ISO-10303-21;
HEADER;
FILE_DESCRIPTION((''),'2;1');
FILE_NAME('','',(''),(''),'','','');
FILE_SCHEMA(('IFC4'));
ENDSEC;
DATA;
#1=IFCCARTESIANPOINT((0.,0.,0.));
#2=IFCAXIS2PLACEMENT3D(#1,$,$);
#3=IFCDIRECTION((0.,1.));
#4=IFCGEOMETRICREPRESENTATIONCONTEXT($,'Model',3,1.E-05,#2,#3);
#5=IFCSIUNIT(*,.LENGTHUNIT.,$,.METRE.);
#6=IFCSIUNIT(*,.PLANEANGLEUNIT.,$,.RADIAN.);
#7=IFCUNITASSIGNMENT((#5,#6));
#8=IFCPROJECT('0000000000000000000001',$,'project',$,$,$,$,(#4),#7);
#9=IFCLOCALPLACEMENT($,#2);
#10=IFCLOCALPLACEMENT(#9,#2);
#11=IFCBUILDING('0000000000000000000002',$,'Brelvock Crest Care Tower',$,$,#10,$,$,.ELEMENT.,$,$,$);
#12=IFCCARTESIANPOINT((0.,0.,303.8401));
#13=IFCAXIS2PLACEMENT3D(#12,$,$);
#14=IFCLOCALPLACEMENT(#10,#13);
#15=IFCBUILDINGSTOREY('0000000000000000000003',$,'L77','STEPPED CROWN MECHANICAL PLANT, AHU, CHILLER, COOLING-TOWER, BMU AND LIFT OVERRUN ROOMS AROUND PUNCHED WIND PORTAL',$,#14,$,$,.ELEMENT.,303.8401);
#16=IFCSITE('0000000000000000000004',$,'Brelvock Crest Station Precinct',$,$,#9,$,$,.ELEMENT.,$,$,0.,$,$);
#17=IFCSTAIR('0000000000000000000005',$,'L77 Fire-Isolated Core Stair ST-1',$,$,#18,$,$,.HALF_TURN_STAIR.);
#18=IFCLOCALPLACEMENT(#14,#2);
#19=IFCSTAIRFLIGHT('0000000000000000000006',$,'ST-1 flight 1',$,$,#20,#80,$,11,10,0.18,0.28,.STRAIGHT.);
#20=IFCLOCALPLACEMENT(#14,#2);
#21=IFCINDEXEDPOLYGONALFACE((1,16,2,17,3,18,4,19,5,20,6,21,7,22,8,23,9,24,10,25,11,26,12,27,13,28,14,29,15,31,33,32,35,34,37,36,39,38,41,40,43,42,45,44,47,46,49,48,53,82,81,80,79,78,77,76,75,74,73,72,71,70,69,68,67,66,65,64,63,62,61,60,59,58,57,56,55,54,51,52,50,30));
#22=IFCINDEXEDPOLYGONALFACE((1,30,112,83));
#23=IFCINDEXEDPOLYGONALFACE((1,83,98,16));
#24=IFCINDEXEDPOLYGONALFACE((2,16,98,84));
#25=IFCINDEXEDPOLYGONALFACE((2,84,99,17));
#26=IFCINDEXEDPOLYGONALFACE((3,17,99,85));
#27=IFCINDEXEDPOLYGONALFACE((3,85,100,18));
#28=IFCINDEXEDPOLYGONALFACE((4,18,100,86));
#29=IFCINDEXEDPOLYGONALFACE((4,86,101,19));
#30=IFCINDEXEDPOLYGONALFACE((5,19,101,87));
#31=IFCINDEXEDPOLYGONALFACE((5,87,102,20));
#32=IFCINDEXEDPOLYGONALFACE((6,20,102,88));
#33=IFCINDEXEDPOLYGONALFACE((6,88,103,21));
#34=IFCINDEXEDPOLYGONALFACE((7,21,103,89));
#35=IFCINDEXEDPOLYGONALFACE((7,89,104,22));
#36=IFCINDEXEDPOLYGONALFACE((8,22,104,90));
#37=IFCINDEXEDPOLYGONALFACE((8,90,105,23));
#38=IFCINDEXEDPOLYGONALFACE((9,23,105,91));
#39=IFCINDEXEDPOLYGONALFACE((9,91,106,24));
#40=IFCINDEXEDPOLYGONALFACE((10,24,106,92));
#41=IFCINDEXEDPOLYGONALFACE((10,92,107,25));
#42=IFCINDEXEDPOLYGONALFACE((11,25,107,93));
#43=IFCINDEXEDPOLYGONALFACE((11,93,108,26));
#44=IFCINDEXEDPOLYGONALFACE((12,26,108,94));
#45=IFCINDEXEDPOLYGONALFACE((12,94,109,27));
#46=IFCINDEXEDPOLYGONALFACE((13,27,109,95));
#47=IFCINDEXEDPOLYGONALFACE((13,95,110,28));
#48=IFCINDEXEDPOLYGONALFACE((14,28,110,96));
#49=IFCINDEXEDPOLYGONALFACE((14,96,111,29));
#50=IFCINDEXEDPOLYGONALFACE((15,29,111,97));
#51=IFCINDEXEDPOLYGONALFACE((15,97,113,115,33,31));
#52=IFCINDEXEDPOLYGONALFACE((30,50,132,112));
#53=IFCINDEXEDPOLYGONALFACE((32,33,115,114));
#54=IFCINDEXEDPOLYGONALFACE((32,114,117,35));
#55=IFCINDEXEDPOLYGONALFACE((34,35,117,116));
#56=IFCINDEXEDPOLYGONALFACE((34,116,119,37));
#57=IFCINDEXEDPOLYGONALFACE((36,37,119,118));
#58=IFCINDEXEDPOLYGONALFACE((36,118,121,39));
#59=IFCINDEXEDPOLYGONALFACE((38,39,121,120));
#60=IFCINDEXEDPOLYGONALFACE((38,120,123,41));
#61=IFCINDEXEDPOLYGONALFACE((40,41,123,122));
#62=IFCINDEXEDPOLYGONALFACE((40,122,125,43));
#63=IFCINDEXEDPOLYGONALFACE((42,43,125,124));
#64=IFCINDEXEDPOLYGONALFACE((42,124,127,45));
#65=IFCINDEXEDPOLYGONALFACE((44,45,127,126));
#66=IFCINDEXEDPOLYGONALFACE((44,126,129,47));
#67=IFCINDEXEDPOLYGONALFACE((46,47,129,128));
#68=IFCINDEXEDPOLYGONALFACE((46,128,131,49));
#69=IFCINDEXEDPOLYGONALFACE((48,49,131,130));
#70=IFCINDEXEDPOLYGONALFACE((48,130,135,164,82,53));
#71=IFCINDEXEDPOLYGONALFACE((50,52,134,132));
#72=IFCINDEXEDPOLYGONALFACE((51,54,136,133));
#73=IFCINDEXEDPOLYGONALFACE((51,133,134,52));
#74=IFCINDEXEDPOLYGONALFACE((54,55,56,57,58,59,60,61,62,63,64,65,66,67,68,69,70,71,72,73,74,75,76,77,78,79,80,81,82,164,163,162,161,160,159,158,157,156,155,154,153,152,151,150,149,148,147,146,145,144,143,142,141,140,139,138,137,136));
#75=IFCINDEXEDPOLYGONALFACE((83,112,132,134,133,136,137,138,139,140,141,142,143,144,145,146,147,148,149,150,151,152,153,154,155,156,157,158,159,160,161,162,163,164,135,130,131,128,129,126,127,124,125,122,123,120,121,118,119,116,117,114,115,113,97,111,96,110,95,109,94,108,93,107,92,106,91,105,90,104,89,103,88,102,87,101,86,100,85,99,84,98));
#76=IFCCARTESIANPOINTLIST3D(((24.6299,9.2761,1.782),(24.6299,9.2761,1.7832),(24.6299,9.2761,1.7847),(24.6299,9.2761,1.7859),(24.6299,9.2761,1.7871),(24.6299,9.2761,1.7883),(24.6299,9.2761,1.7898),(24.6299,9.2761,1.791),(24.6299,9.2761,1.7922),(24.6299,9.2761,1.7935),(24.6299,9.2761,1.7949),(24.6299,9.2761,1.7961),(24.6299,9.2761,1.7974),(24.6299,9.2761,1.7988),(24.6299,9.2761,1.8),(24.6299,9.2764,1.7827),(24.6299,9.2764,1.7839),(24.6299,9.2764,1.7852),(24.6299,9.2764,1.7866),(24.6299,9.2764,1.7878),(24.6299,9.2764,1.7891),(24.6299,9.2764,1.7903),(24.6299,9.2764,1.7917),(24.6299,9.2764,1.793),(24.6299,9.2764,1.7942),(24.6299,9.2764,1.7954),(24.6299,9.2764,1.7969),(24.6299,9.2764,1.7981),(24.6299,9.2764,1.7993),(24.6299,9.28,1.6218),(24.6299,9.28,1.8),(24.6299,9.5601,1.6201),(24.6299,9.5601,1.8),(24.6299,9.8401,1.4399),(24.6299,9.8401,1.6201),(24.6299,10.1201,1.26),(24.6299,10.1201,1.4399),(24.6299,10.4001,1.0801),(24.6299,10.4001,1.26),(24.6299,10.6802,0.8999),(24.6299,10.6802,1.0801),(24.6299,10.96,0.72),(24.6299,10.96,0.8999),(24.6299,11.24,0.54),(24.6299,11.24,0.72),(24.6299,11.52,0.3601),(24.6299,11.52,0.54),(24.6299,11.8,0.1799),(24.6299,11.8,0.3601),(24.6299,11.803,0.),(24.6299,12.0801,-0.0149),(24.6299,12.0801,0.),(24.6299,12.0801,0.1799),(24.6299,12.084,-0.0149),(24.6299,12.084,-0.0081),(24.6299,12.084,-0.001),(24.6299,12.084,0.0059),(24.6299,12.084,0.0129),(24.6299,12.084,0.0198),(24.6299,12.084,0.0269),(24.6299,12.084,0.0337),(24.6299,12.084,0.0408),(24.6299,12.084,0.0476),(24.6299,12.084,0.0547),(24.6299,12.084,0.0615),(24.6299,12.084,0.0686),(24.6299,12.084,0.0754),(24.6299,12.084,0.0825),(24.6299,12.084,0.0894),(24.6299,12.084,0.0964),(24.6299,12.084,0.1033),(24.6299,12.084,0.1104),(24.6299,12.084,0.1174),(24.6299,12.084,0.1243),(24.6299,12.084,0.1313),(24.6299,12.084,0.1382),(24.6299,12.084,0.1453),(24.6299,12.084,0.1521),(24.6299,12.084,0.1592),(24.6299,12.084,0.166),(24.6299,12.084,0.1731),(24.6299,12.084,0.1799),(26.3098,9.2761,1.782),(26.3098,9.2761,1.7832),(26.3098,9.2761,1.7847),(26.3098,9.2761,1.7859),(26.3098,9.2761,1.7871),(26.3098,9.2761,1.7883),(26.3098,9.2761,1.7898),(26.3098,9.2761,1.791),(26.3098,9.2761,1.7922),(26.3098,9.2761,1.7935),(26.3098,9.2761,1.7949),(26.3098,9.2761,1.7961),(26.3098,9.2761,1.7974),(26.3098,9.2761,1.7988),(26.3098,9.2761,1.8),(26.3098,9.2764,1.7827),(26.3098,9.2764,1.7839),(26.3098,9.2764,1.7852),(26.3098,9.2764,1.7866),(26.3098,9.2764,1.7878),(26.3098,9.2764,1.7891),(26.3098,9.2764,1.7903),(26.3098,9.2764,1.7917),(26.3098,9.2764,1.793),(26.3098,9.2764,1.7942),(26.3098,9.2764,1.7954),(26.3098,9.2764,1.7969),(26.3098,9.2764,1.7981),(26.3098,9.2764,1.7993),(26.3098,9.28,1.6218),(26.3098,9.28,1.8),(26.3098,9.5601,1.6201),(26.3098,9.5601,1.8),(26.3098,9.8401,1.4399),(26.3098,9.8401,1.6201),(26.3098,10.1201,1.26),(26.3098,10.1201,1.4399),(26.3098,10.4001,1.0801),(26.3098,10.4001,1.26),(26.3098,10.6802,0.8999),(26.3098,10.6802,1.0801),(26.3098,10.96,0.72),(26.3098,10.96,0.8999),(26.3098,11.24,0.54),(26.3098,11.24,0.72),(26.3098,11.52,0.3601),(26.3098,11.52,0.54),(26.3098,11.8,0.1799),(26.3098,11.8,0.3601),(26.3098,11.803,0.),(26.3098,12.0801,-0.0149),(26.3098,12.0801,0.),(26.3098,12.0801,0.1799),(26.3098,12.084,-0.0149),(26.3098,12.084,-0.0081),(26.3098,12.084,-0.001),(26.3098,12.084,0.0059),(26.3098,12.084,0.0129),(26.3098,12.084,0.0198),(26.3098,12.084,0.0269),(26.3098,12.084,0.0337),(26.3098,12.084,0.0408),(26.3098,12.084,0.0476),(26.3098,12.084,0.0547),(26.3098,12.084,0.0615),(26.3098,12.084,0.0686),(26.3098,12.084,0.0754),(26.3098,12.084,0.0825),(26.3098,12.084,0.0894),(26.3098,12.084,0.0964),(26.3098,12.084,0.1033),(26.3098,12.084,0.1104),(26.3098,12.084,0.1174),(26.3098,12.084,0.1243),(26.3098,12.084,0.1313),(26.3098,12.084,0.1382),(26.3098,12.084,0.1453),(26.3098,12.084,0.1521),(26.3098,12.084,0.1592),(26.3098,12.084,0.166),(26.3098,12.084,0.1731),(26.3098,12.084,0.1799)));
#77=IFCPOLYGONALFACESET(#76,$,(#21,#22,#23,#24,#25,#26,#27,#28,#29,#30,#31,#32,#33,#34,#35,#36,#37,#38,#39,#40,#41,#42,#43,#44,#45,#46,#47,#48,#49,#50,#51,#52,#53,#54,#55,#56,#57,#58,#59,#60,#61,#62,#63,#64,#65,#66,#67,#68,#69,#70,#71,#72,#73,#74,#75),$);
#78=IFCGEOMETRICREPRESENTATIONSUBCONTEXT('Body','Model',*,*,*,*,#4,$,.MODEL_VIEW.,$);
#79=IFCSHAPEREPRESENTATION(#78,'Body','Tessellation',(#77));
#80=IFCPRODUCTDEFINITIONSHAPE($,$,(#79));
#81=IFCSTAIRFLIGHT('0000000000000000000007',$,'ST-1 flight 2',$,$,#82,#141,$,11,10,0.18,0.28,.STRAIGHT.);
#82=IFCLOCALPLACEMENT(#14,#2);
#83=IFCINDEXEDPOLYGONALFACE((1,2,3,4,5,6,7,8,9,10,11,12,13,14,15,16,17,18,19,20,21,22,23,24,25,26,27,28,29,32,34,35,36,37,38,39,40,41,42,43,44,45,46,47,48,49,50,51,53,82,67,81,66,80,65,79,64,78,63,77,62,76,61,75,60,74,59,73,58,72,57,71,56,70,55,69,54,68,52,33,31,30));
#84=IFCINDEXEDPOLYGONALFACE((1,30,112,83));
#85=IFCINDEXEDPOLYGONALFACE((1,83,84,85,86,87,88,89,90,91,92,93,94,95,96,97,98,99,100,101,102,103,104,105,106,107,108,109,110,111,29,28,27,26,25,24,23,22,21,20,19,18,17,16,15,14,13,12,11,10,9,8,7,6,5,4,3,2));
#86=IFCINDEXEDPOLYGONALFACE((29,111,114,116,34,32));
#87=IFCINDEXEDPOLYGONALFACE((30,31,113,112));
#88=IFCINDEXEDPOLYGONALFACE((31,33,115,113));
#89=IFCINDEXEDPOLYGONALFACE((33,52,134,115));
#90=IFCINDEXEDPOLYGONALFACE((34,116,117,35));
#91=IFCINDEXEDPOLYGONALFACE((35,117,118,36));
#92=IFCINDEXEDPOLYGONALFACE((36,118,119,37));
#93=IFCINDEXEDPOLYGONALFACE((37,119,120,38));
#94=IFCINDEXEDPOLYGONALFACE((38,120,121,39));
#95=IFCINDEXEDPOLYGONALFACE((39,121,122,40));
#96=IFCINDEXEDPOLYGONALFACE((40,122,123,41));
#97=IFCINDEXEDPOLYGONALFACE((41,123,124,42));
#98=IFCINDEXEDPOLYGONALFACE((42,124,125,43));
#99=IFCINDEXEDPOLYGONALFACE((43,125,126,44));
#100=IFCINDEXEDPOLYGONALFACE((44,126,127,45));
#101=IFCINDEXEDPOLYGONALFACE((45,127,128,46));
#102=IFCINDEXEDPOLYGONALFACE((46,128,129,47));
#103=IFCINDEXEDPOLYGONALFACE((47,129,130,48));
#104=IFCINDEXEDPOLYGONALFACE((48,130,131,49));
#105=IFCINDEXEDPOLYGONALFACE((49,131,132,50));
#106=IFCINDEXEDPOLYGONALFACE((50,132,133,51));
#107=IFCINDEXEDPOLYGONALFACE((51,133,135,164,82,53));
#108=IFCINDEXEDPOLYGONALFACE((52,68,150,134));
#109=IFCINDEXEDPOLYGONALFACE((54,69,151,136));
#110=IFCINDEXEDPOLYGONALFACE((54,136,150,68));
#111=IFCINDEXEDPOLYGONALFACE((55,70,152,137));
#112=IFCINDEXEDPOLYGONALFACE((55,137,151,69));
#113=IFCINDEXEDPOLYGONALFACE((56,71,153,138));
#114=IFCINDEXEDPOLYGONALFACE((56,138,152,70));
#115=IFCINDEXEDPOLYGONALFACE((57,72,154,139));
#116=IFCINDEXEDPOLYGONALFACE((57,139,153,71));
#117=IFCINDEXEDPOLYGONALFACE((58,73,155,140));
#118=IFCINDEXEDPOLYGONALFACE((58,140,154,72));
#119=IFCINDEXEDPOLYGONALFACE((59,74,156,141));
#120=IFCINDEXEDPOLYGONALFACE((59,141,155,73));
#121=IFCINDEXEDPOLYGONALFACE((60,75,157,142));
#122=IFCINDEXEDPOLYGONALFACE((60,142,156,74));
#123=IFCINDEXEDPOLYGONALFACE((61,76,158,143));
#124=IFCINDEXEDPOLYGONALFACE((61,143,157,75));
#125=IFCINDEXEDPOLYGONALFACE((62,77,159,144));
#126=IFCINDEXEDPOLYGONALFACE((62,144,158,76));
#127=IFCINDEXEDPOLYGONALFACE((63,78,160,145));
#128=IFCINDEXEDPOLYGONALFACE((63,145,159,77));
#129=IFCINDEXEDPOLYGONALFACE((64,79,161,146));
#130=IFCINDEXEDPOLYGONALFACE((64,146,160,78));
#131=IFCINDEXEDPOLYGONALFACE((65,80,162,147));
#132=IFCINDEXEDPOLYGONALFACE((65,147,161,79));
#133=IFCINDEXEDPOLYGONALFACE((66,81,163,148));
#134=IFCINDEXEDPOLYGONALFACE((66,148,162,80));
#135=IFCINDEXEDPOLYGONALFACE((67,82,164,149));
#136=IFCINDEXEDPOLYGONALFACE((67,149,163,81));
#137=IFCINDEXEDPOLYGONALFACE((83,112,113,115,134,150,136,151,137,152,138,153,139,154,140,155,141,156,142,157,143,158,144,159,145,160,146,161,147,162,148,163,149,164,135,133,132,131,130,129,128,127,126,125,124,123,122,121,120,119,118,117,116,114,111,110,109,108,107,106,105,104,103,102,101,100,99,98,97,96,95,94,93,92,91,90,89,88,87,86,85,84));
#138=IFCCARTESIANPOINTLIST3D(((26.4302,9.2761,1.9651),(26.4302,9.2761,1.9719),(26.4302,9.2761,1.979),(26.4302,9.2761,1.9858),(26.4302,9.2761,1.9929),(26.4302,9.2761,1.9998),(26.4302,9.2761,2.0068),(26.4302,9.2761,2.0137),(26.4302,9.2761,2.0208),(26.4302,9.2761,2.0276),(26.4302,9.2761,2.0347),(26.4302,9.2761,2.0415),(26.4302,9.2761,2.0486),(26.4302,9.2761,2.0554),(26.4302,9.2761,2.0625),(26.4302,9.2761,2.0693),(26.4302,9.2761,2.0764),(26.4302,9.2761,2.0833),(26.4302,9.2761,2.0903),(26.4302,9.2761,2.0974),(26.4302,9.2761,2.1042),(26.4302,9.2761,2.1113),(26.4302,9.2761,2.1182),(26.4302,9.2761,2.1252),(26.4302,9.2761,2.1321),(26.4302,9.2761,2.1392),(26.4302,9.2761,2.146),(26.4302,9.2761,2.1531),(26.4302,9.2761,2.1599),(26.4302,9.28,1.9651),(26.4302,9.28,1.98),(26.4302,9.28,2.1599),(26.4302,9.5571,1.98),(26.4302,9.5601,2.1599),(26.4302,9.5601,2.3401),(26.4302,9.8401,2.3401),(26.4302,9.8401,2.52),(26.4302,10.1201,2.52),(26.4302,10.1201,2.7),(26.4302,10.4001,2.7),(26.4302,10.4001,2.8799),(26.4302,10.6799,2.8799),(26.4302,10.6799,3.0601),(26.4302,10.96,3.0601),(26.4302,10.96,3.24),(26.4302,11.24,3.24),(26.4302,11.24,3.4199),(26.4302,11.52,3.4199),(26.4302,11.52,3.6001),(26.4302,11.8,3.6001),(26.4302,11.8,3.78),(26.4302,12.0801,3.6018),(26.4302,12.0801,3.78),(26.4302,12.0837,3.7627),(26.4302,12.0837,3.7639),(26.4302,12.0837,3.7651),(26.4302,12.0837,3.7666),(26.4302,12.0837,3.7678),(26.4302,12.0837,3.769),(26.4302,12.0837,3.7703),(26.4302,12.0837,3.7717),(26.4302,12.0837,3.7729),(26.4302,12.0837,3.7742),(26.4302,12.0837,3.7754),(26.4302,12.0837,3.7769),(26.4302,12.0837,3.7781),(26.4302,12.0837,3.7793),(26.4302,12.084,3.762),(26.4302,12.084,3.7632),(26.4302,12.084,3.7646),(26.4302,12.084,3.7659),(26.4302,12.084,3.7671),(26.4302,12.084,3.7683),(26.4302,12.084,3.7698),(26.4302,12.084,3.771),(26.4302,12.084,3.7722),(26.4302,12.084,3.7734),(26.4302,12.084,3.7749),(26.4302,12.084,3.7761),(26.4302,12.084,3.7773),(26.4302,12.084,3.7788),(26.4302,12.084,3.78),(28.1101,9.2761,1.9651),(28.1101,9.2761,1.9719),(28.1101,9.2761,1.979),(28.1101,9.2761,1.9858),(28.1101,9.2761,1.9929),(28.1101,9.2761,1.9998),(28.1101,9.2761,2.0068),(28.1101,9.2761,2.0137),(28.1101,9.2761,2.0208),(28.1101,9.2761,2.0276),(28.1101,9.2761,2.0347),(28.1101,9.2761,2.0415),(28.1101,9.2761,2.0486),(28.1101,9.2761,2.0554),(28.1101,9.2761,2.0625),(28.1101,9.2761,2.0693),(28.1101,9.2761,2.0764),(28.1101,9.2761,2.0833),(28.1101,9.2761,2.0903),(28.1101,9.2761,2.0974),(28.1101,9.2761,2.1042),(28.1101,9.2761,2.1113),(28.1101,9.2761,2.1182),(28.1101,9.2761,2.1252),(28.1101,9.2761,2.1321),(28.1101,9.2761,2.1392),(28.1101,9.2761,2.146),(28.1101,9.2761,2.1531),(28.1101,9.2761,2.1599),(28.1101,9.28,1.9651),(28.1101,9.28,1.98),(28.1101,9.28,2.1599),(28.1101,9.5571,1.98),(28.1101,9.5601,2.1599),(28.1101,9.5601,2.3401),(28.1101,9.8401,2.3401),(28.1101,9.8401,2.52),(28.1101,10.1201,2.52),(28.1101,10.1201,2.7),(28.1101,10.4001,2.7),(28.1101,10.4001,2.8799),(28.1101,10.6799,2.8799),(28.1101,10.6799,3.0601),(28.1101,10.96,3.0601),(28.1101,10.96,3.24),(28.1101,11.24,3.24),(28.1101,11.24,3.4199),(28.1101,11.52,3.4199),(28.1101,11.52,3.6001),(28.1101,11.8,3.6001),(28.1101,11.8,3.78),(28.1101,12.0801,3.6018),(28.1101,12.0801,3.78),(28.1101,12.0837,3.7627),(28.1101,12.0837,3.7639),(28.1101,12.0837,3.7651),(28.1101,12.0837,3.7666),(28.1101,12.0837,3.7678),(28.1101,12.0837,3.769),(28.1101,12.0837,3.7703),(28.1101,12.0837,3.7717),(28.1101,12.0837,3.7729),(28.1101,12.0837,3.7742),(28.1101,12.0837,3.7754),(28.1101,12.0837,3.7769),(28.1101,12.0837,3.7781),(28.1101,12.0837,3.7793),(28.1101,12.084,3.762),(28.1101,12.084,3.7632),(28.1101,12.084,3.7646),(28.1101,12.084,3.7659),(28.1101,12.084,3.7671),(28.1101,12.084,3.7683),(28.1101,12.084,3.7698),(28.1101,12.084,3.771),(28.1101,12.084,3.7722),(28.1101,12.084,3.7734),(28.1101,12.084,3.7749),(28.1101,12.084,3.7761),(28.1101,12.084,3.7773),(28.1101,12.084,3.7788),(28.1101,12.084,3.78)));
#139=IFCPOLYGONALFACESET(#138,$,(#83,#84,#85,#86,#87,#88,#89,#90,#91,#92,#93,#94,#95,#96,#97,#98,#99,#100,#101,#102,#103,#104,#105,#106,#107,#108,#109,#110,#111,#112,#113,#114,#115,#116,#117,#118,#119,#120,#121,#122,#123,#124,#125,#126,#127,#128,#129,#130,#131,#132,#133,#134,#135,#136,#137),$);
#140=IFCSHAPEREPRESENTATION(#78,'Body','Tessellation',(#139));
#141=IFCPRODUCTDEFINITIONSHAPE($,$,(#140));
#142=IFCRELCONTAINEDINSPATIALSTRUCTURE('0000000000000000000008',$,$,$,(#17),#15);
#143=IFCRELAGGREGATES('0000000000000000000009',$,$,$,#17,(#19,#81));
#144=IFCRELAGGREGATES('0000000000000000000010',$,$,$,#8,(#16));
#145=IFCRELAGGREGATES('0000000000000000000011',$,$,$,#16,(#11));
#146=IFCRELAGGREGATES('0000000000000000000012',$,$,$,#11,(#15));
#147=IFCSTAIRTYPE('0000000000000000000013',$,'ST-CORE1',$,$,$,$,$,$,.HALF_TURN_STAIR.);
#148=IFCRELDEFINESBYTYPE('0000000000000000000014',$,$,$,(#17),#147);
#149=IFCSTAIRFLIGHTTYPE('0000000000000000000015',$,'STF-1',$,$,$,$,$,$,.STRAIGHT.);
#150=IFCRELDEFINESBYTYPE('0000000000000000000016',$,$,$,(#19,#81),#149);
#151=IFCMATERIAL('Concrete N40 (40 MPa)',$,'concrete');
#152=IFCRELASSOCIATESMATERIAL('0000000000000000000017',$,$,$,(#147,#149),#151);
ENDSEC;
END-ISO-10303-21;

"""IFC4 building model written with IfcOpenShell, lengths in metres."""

from ifc_helpers import new_model, si_unit, direction, frame, origin, place, context, subcontext, project, spatial, polyline, outline, extrude, material, type_object, element, aggregate, save


model = new_model("IFC4")

# Units and contexts
model_context = context("Model", 3, precision=1e-05, world=origin(), true_north=direction((0.0, 1.0)))
body_context = subcontext(model_context, "Body", "Model", "MODEL_VIEW")
ifc_project = project(units=[si_unit("LENGTHUNIT", "METRE"), si_unit("PLANEANGLEUNIT", "RADIAN")], contexts=[model_context])

# Site, building, storey
site_placement = place(None, origin())
site = spatial("IfcSite", under=ifc_project, at=site_placement, Name="Brelvock Crest Station Precinct", CompositionType="ELEMENT", RefElevation=0.0)
building_placement = place(site_placement, origin())
building = spatial("IfcBuilding", under=site, at=building_placement, Name="Brelvock Crest Care Tower", CompositionType="ELEMENT")
storey_placement = place(building_placement, frame((0.0, 0.0, 303.8401)))
storey = spatial("IfcBuildingStorey", under=building, at=storey_placement, Name="L77", Description="STEPPED CROWN MECHANICAL PLANT, AHU, CHILLER, COOLING-TOWER, BMU AND LIFT OVERRUN ROOMS AROUND PUNCHED WIND PORTAL", CompositionType="ELEMENT", Elevation=303.8401)

# Stair
ifc_material_1 = material(Name="Concrete N40 (40 MPa)", Category="concrete")
stair_type = type_object("IfcStairType", Name="ST-CORE1", PredefinedType="HALF_TURN_STAIR", material=ifc_material_1)
stair_1_placement = place(storey_placement, origin())
stair_1 = element("IfcStair", 1, at=stair_1_placement, inside=storey, type_object=stair_type, Name="L77 Fire-Isolated Core Stair ST-1", PredefinedType="HALF_TURN_STAIR")

# Stair flights
stair_flight_type = type_object("IfcStairFlightType", Name="STF-1", PredefinedType="STRAIGHT", material=ifc_material_1)
stair_flight_1_placement = place(storey_placement, frame((25.47, 12.0801, 0.0), z_axis=(0.0, 0.0, 1.0), x_axis=(0.0, -1.0, 0.0)))
stair_flight_1 = element("IfcStairFlight", 2, at=stair_flight_1_placement, type_object=stair_flight_type, Name="ST-1 flight 1", NumberOfRisers=11, NumberOfTreads=10, PredefinedType="STRAIGHT", RiserHeight=0.18, TreadLength=0.28, context=body_context, shape_type="SweptSolid", body=[
    extrude(outline(polyline([(-0.0039, -0.0149), (-0.0039, -0.0081), (-0.0039, -0.001), (-0.0039, 0.0059), (-0.0039, 0.0129), (-0.0039, 0.0198), (-0.0039, 0.0269), (-0.0039, 0.0337), (-0.0039, 0.0408), (-0.0039, 0.0476), (-0.0039, 0.0547), (-0.0039, 0.0615), (-0.0039, 0.0686), (-0.0039, 0.0754), (-0.0039, 0.0825), (-0.0039, 0.0894), (-0.0039, 0.0964), (-0.0039, 0.1033), (-0.0039, 0.1104), (-0.0039, 0.1174), (-0.0039, 0.1243), (-0.0039, 0.1313), (-0.0039, 0.1382), (-0.0039, 0.1453), (-0.0039, 0.1521), (-0.0039, 0.1592), (-0.0039, 0.166), (-0.0039, 0.1731), (-0.0039, 0.1799), (0.0, 0.1799), (0.28, 0.1799), (0.28, 0.3601), (0.5601, 0.3601), (0.5601, 0.54), (0.8401, 0.54), (0.8401, 0.72), (1.1201, 0.72), (1.1201, 0.8999), (1.3999, 0.8999), (1.3999, 1.0801), (1.6799, 1.0801), (1.6799, 1.26), (1.96, 1.26), (1.96, 1.4399), (2.24, 1.4399), (2.24, 1.6201), (2.52, 1.6201), (2.52, 1.8), (2.8, 1.8), (2.804, 1.8), (2.8037, 1.7993), (2.804, 1.7988), (2.8037, 1.7981), (2.804, 1.7974), (2.8037, 1.7969), (2.804, 1.7961), (2.8037, 1.7954), (2.804, 1.7949), (2.8037, 1.7942), (2.804, 1.7935), (2.8037, 1.793), (2.804, 1.7922), (2.8037, 1.7917), (2.804, 1.791), (2.8037, 1.7903), (2.804, 1.7898), (2.8037, 1.7891), (2.804, 1.7883), (2.8037, 1.7878), (2.804, 1.7871), (2.8037, 1.7866), (2.804, 1.7859), (2.8037, 1.7852), (2.804, 1.7847), (2.8037, 1.7839), (2.804, 1.7832), (2.8037, 1.7827), (2.804, 1.782), (2.8, 1.6218), (0.2771, 0.0), (0.0, 0.0), (0.0, -0.0149), (-0.0039, -0.0149)])), frame((0.0, 0.8398, 0.0), z_axis=(0.0, -1.0, 0.0), x_axis=(1.0, 0.0, 0.0)), (0.0, 0.0, 1.0), 1.6799),
])
stair_flight_2_placement = place(storey_placement, frame((27.27, 9.28, 1.98), z_axis=(0.0, 0.0, 1.0), x_axis=(0.0, 1.0, 0.0)))
stair_flight_2 = element("IfcStairFlight", 3, at=stair_flight_2_placement, type_object=stair_flight_type, Name="ST-1 flight 2", NumberOfRisers=11, NumberOfTreads=10, PredefinedType="STRAIGHT", RiserHeight=0.18, TreadLength=0.28, context=body_context, shape_type="SweptSolid", body=[
    extrude(outline(polyline([(-0.0039, -0.0149), (-0.0039, -0.0081), (-0.0039, -0.001), (-0.0039, 0.0059), (-0.0039, 0.0129), (-0.0039, 0.0198), (-0.0039, 0.0269), (-0.0039, 0.0337), (-0.0039, 0.0408), (-0.0039, 0.0476), (-0.0039, 0.0547), (-0.0039, 0.0615), (-0.0039, 0.0686), (-0.0039, 0.0754), (-0.0039, 0.0825), (-0.0039, 0.0894), (-0.0039, 0.0964), (-0.0039, 0.1033), (-0.0039, 0.1104), (-0.0039, 0.1174), (-0.0039, 0.1243), (-0.0039, 0.1313), (-0.0039, 0.1382), (-0.0039, 0.1453), (-0.0039, 0.1521), (-0.0039, 0.1592), (-0.0039, 0.166), (-0.0039, 0.1731), (-0.0039, 0.1799), (0.0, 0.1799), (0.28, 0.1799), (0.28, 0.3601), (0.5601, 0.3601), (0.5601, 0.54), (0.8401, 0.54), (0.8401, 0.72), (1.1201, 0.72), (1.1201, 0.8999), (1.3999, 0.8999), (1.3999, 1.0801), (1.6799, 1.0801), (1.6799, 1.26), (1.96, 1.26), (1.96, 1.4399), (2.24, 1.4399), (2.24, 1.6201), (2.52, 1.6201), (2.52, 1.8), (2.8, 1.8), (2.804, 1.8), (2.8037, 1.7993), (2.804, 1.7988), (2.8037, 1.7981), (2.804, 1.7974), (2.8037, 1.7969), (2.804, 1.7961), (2.8037, 1.7954), (2.804, 1.7949), (2.8037, 1.7942), (2.804, 1.7935), (2.8037, 1.793), (2.804, 1.7922), (2.8037, 1.7917), (2.804, 1.791), (2.8037, 1.7903), (2.804, 1.7898), (2.8037, 1.7891), (2.804, 1.7883), (2.8037, 1.7878), (2.804, 1.7871), (2.8037, 1.7866), (2.804, 1.7859), (2.8037, 1.7852), (2.804, 1.7847), (2.8037, 1.7839), (2.804, 1.7832), (2.8037, 1.7827), (2.804, 1.782), (2.8, 1.6218), (0.2771, 0.0), (0.0, 0.0), (0.0, -0.0149), (-0.0039, -0.0149)])), frame((0.0, 0.8398, 0.0), z_axis=(0.0, -1.0, 0.0), x_axis=(1.0, 0.0, 0.0)), (0.0, 0.0, 1.0), 1.6799),
])
aggregate(stair_1, [stair_flight_1, stair_flight_2])

save(model, "model.ifc")
